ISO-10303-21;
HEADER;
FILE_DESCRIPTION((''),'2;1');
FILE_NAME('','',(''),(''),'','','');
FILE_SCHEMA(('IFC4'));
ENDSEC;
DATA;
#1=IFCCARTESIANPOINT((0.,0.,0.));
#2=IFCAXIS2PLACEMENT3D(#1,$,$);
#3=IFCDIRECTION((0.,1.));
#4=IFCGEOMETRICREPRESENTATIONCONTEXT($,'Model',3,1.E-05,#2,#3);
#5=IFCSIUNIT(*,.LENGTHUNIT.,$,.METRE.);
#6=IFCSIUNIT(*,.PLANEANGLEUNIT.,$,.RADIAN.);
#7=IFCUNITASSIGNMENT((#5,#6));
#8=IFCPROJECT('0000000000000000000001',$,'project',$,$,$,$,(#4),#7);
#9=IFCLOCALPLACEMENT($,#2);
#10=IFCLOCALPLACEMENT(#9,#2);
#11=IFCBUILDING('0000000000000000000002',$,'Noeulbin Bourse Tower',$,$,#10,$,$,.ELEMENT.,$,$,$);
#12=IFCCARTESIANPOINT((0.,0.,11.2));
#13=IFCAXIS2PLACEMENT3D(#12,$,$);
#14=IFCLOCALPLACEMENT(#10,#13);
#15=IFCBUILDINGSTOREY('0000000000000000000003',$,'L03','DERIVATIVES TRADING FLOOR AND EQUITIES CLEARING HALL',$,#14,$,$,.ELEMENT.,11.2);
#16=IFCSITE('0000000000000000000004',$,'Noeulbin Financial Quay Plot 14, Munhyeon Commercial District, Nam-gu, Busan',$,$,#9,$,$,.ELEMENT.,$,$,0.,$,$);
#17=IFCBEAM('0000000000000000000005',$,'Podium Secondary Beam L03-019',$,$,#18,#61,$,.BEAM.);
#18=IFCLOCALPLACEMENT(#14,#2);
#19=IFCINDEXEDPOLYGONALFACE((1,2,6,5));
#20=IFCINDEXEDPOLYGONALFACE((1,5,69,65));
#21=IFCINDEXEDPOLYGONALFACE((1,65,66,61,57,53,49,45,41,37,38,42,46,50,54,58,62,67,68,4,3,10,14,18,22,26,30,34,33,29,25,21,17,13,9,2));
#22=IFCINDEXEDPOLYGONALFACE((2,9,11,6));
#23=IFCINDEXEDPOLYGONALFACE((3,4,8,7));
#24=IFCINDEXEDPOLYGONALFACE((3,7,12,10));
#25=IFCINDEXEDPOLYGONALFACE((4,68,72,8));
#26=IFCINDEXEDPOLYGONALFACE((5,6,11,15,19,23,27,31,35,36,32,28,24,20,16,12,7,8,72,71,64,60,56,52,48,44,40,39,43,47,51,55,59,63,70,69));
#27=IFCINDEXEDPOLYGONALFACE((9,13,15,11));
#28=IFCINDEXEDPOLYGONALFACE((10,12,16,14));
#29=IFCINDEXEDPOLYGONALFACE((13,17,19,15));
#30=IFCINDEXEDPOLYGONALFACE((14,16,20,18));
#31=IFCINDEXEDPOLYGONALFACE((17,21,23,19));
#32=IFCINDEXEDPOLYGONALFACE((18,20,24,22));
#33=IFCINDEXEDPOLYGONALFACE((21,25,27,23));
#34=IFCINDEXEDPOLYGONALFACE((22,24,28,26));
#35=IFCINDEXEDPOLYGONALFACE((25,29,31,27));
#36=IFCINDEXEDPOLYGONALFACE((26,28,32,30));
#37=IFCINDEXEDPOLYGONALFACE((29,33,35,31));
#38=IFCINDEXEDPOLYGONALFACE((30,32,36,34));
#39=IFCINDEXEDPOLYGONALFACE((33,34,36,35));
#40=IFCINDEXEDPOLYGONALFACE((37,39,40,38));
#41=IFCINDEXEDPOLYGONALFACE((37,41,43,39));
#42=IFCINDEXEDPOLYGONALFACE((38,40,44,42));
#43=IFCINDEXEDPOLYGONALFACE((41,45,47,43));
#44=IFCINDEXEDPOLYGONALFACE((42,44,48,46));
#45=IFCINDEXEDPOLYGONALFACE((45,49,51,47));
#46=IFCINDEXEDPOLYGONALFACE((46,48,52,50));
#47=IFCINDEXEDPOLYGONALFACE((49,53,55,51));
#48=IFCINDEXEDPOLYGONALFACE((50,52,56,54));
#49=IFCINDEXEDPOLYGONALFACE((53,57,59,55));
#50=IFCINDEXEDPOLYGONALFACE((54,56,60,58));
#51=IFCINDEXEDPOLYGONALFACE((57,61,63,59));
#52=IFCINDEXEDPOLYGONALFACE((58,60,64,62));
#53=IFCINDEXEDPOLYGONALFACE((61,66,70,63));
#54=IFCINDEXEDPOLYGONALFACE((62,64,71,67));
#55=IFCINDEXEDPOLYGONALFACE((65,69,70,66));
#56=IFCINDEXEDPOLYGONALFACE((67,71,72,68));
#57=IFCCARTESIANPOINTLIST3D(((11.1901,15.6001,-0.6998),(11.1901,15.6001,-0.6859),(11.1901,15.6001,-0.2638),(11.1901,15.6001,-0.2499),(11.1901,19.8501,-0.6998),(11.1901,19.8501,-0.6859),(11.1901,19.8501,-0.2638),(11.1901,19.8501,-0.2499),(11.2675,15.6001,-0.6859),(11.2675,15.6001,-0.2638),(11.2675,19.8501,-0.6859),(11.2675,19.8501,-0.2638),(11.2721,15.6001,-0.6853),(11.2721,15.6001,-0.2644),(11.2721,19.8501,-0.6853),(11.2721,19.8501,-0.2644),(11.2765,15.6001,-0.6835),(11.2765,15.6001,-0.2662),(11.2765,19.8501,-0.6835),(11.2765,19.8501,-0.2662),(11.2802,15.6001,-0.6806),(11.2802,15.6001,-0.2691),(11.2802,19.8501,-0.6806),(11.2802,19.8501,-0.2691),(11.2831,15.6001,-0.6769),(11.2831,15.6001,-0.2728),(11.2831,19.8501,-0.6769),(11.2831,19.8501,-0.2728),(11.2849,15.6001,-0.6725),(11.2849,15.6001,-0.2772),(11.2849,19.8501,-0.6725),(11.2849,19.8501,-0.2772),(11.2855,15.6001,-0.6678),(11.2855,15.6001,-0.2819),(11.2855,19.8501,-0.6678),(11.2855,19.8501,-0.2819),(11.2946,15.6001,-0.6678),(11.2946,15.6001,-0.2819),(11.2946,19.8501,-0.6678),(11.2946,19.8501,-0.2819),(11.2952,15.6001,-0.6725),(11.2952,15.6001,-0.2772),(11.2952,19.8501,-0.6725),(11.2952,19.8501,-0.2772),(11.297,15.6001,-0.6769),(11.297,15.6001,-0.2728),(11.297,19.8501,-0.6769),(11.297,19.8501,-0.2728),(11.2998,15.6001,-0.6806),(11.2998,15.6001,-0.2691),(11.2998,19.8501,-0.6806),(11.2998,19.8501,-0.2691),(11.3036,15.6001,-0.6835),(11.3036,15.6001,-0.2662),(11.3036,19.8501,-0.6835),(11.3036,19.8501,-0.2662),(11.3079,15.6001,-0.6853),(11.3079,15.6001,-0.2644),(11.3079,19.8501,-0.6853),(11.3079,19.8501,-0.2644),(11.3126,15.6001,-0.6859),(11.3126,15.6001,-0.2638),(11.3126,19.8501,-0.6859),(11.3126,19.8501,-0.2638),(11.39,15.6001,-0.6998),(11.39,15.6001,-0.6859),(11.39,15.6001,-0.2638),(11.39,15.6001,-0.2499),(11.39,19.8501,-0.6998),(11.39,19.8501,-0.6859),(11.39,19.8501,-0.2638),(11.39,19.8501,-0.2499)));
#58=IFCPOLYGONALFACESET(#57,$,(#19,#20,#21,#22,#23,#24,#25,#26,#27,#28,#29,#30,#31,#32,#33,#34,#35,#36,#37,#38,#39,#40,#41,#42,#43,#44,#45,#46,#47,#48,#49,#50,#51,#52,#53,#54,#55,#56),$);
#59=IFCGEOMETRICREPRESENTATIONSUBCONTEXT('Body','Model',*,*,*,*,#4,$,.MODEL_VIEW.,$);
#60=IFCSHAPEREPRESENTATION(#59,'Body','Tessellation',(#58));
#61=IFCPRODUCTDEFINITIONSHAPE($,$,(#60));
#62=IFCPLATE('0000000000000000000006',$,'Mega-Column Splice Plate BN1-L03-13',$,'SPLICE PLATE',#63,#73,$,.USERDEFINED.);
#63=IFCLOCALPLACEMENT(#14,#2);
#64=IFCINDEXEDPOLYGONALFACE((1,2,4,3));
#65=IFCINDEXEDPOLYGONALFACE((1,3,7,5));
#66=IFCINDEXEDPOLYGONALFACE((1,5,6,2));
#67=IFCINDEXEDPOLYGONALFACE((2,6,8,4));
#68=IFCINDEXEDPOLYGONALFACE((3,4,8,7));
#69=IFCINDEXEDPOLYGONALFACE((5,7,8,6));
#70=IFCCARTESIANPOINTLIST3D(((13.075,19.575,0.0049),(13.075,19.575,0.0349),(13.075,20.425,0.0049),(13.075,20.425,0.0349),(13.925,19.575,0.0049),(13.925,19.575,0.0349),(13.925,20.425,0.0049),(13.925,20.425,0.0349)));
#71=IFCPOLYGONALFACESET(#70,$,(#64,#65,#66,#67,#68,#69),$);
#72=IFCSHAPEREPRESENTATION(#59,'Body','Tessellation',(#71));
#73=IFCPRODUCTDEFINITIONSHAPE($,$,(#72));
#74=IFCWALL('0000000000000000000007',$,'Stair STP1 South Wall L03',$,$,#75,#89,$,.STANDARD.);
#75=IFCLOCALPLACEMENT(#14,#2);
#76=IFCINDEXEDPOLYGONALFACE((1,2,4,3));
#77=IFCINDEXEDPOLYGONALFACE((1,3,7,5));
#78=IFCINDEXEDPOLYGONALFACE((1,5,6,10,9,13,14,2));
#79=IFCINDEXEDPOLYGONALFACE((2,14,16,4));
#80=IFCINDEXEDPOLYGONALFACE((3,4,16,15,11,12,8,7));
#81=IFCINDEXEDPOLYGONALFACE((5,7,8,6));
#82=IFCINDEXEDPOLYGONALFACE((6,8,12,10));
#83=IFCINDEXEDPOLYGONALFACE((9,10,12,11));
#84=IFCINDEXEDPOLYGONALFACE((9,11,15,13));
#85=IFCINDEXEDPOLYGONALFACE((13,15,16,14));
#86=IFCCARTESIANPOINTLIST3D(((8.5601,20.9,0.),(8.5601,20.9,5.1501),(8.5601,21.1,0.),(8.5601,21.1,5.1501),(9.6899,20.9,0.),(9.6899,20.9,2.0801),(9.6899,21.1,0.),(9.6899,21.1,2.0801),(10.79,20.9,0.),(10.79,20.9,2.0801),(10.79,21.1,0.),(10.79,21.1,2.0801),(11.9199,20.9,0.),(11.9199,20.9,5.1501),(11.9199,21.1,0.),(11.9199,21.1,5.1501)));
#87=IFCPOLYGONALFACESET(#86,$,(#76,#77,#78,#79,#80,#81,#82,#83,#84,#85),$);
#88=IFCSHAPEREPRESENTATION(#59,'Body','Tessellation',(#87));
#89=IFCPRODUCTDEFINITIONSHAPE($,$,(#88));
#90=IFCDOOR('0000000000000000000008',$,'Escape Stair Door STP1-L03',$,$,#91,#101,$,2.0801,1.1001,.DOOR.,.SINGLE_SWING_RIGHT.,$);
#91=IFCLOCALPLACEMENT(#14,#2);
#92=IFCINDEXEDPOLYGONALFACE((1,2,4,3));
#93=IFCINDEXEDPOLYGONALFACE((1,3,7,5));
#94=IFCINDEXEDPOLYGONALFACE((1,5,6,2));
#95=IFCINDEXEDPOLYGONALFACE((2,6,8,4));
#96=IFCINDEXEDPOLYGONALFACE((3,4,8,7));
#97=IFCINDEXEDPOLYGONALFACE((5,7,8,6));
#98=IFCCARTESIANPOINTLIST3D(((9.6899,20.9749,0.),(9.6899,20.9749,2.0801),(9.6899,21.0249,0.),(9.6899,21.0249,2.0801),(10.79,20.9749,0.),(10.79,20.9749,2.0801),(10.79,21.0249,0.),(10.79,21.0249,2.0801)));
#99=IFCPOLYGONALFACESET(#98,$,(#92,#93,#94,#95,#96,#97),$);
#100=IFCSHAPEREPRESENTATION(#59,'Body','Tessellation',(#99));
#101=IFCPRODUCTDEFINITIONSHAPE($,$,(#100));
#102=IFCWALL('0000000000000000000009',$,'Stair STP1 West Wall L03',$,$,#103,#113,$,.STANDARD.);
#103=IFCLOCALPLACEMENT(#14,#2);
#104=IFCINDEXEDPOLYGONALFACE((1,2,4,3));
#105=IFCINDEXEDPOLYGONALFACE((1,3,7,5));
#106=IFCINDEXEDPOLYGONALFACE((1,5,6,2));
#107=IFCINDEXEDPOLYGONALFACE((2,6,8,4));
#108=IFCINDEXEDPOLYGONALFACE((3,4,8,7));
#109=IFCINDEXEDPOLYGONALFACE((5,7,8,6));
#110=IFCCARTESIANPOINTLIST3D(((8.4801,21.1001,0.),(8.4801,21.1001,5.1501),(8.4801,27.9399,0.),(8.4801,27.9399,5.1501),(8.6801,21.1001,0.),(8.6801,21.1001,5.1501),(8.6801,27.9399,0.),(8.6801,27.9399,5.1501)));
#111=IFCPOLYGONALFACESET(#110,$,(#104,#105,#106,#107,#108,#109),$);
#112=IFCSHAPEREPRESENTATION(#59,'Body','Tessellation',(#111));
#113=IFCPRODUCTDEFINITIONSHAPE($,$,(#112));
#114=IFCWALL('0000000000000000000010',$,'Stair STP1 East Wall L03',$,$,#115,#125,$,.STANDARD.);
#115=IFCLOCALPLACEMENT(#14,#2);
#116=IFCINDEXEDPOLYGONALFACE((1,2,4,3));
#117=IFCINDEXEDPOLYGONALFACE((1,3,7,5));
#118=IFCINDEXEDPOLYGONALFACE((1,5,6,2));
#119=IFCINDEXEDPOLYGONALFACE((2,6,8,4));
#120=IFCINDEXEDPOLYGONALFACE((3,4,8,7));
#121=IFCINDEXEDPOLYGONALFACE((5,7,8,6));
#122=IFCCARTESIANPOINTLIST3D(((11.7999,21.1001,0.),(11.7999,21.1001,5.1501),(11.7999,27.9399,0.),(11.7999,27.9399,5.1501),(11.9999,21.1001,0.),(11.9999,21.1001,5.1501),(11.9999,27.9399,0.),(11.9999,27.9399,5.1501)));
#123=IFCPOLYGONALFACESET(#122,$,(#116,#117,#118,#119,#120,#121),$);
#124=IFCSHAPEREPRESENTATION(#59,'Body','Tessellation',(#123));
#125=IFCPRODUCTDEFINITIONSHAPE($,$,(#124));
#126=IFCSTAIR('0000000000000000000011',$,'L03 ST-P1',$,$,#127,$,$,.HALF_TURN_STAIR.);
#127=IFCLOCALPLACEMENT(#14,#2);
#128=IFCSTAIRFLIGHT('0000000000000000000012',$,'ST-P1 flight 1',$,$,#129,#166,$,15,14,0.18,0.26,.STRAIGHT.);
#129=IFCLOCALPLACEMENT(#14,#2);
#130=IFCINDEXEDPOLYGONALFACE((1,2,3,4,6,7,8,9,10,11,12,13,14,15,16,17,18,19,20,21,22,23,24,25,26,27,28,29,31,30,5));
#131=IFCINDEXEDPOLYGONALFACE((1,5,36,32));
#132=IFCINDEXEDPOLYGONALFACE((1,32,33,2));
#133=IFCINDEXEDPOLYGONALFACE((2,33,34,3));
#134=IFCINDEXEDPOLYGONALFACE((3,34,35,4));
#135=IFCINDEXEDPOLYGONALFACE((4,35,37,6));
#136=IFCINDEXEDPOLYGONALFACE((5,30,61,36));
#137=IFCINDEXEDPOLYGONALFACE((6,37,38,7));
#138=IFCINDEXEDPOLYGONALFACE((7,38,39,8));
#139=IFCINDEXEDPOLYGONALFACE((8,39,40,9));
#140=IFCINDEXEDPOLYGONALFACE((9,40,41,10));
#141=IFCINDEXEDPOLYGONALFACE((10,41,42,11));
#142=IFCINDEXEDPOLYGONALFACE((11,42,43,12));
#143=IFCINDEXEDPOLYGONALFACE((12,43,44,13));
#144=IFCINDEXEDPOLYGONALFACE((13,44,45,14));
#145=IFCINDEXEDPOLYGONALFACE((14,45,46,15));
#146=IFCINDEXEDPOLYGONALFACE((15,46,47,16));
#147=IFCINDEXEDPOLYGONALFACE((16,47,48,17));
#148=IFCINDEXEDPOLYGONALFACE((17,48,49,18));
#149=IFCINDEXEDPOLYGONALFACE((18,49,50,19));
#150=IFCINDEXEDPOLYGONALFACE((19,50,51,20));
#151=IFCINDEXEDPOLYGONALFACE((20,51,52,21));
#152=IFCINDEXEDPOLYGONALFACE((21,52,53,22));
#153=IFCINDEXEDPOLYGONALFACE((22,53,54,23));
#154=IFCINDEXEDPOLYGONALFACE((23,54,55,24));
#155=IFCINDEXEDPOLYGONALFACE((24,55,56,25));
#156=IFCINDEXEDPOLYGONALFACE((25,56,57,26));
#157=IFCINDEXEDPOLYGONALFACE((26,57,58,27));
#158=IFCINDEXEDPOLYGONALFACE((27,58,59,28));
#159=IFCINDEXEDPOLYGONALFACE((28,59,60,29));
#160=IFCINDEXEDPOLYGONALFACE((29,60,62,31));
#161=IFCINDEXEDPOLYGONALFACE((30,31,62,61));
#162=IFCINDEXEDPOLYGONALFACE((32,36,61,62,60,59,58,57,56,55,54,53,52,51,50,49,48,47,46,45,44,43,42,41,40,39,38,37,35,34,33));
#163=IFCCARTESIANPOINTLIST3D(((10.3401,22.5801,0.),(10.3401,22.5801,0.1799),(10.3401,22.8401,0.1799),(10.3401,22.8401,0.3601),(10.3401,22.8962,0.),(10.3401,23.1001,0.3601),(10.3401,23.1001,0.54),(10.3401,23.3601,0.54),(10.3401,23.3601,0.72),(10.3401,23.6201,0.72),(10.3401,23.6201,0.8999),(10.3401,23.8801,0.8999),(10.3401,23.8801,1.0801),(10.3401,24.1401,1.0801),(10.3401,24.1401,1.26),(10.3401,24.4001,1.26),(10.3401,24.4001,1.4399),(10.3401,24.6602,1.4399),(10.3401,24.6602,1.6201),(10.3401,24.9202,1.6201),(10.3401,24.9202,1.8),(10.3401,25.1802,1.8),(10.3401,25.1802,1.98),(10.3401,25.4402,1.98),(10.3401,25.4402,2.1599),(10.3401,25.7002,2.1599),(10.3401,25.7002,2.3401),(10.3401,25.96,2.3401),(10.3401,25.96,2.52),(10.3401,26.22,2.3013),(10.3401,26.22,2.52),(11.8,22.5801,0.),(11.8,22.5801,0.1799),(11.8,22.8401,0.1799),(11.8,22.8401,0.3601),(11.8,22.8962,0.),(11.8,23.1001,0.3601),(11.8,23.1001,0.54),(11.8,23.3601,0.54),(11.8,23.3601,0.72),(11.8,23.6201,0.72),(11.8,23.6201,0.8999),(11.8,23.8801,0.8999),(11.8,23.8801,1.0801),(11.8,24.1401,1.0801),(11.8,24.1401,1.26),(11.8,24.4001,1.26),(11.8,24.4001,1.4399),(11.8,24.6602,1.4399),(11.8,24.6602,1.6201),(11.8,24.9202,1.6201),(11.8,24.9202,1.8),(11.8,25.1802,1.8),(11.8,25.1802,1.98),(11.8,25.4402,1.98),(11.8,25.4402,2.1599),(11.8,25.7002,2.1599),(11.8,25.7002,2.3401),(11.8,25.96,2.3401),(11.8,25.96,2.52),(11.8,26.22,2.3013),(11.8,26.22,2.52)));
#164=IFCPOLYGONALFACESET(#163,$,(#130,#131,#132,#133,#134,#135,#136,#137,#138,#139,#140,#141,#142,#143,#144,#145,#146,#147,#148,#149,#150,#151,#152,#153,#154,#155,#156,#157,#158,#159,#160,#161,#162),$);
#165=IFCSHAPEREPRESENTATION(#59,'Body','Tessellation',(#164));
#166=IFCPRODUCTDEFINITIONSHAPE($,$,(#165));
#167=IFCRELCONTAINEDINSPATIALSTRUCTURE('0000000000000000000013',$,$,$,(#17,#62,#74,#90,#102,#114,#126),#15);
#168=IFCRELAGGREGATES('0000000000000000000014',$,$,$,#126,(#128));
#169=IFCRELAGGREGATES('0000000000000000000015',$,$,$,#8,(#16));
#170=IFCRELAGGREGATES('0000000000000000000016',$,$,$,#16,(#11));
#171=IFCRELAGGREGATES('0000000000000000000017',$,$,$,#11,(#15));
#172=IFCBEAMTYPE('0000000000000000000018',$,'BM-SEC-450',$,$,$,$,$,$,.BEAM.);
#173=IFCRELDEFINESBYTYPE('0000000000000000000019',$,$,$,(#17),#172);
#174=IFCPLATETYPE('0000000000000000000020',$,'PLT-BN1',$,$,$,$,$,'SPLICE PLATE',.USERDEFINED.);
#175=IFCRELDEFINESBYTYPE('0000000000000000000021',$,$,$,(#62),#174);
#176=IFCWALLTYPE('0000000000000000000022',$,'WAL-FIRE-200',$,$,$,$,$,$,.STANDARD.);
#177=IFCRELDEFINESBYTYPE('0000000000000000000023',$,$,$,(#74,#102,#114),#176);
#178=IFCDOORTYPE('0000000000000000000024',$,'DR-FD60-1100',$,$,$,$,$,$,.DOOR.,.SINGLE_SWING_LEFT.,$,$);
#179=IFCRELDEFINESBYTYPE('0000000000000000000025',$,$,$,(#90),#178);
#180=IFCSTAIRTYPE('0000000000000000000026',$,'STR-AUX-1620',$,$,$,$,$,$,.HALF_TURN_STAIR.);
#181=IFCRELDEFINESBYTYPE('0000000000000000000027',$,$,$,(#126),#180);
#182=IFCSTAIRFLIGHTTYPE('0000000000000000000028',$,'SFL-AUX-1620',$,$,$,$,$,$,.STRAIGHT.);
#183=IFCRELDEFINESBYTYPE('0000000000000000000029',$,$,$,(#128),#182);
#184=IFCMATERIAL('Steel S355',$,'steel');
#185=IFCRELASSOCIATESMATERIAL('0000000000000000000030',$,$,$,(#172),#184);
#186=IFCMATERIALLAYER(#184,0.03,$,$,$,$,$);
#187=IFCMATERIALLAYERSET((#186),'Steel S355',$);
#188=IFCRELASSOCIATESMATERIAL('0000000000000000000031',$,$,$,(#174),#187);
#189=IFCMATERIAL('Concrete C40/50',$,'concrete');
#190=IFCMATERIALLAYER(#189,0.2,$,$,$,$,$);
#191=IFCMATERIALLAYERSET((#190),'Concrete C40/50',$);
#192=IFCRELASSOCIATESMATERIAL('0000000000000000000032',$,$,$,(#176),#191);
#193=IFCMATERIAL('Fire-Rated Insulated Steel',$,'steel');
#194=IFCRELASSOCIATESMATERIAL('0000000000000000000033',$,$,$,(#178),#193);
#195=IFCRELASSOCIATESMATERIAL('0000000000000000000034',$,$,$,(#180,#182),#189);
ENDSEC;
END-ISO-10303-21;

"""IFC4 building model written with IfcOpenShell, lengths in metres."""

from ifc_helpers import new_model, si_unit, direction, frame, frame_2d, origin, origin_2d, place, context, subcontext, project, spatial, polyline, rectangle, i_section, outline, extrude, material, layer, layer_set, material_profile, profile_set, type_object, element, fill, aggregate, save


model = new_model("IFC4")

# Units and contexts
model_context = context("Model", 3, precision=1e-05, world=origin(), true_north=direction((0.0, 1.0)))
body_context = subcontext(model_context, "Body", "Model", "MODEL_VIEW")
ifc_project = project(units=[si_unit("LENGTHUNIT", "METRE"), si_unit("PLANEANGLEUNIT", "RADIAN")], contexts=[model_context])

# Site, building, storey
site_placement = place(None, origin())
site = spatial("IfcSite", under=ifc_project, at=site_placement, Name="Noeulbin Financial Quay Plot 14, Munhyeon Commercial District, Nam-gu, Busan", CompositionType="ELEMENT", RefElevation=0.0)
building_placement = place(site_placement, origin())
building = spatial("IfcBuilding", under=site, at=building_placement, Name="Noeulbin Bourse Tower", CompositionType="ELEMENT")
storey_placement = place(building_placement, frame((0.0, 0.0, 11.2)))
storey = spatial("IfcBuildingStorey", under=building, at=storey_placement, Name="L03", Description="DERIVATIVES TRADING FLOOR AND EQUITIES CLEARING HALL", CompositionType="ELEMENT", Elevation=11.2)

# Beam
ifc_material_1 = material(Name="Steel S355", Category="steel")
ifc_material_profile_1 = material_profile(ifc_material_1, i_section(OverallWidth=0.2, OverallDepth=0.45, WebThickness=0.009, FlangeThickness=0.0139, FilletRadius=0.0181, at=origin_2d()), Name="H-450x200x9x14", Category="LoadBearing")
ifc_profile_set_1 = profile_set([ifc_material_profile_1], Name="Steel S355")
beam_type_1 = type_object("IfcBeamType", Name="BM-SEC-450", PredefinedType="BEAM", material=ifc_profile_set_1)
for number, where, z_axis, x_axis, name in (
    (1, (11.29, 15.6001, -0.4749), (0.0, 1.0, 0.0), (-1.0, 0.0, 0.0), "Podium Secondary Beam L03-019"),
):
    element("IfcBeam", number, at=place(storey_placement, frame(where, z_axis=z_axis, x_axis=x_axis)), inside=storey, type_object=beam_type_1, Name=name, PredefinedType="BEAM", context=body_context, shape_type="SweptSolid", body=[
        extrude(i_section(OverallWidth=0.2, OverallDepth=0.45, WebThickness=0.009, FlangeThickness=0.0139, FilletRadius=0.0181, at=origin_2d()), origin(), (0.0, 0.0, 1.0), 4.25),
    ])

# Plate
ifc_layer_1 = layer(ifc_material_1, 0.03)
ifc_layer_set_1 = layer_set([ifc_layer_1], Name="Steel S355")
plate_type = type_object("IfcPlateType", Name="PLT-BN1", ElementType="SPLICE PLATE", PredefinedType="USERDEFINED", material=ifc_layer_set_1)
plate_placement = place(storey_placement, frame((13.5, 20.0, 0.0049), z_axis=(0.0, 0.0, 1.0), x_axis=(1.0, 0.0, 0.0)))
element("IfcPlate", 2, at=plate_placement, inside=storey, type_object=plate_type, Name="Mega-Column Splice Plate BN1-L03-13", ObjectType="SPLICE PLATE", PredefinedType="USERDEFINED", context=body_context, shape_type="SweptSolid", body=[
    extrude(rectangle(XDim=0.8501, YDim=0.8501, at=origin_2d()), origin(), (0.0, 0.0, 1.0), 0.03),
])

# Wall, opening, door
ifc_material_2 = material(Name="Concrete C40/50", Category="concrete")
ifc_layer_2 = layer(ifc_material_2, 0.2)
ifc_layer_set_2 = layer_set([ifc_layer_2], Name="Concrete C40/50")
wall_type = type_object("IfcWallType", Name="WAL-FIRE-200", PredefinedType="STANDARD", material=ifc_layer_set_2)
wall_placement = place(storey_placement, frame((8.5601, 21.0, 0.0), z_axis=(0.0, 0.0, 1.0), x_axis=(1.0, 0.0, 0.0)))
wall = element("IfcWall", 3, at=wall_placement, inside=storey, type_object=wall_type, Name="Stair STP1 South Wall L03", PredefinedType="STANDARD", context=body_context, shape_type="SweptSolid", body=[
    extrude(rectangle(XDim=3.3599, YDim=0.2, at=frame_2d((1.6799, 0.0))), origin(), (0.0, 0.0, 1.0), 5.1501),
])
opening_placement = place(wall_placement, frame((1.1299, 0.0, 0.0)))
opening = element("IfcOpeningElement", 4, at=opening_placement, cuts=wall, PredefinedType="OPENING", context=body_context, shape_type="SweptSolid", body=[
    extrude(rectangle(XDim=1.1001, YDim=2.0801, at=frame_2d((0.55, 1.04))), frame((0.0, 0.1099, 0.0), z_axis=(0.0, -1.0, 0.0), x_axis=(1.0, 0.0, 0.0)), (0.0, 0.0, 1.0), 0.22),
])
ifc_material_3 = material(Name="Fire-Rated Insulated Steel", Category="steel")
door_type = type_object("IfcDoorType", Name="DR-FD60-1100", OperationType="SINGLE_SWING_LEFT", PredefinedType="DOOR", material=ifc_material_3)
door_placement = place(opening_placement, origin())
door = element("IfcDoor", 5, at=door_placement, inside=storey, type_object=door_type, Name="Escape Stair Door STP1-L03", OperationType="SINGLE_SWING_RIGHT", OverallHeight=2.0801, OverallWidth=1.1001, PredefinedType="DOOR", context=body_context, shape_type="SweptSolid", body=[
    extrude(rectangle(XDim=1.1001, YDim=2.0801, at=frame_2d((0.55, 1.04))), frame((0.0, 0.0249, 0.0), z_axis=(0.0, -1.0, 0.0), x_axis=(1.0, 0.0, 0.0)), (0.0, 0.0, 1.0), 0.05),
])
fill(opening, door)

# Walls
for number, where, z_axis, x_axis, name in (
    (6, (8.5801, 21.1001, 0.0), (0.0, 0.0, 1.0), (0.0, 1.0, 0.0), "Stair STP1 West Wall L03"),
    (7, (11.8999, 21.1001, 0.0), (0.0, 0.0, 1.0), (0.0, 1.0, 0.0), "Stair STP1 East Wall L03"),
):
    element("IfcWall", number, at=place(storey_placement, frame(where, z_axis=z_axis, x_axis=x_axis)), inside=storey, type_object=wall_type, Name=name, PredefinedType="STANDARD", context=body_context, shape_type="SweptSolid", body=[
        extrude(rectangle(XDim=6.8398, YDim=0.2, at=frame_2d((3.4199, 0.0))), origin(), (0.0, 0.0, 1.0), 5.1501),
    ])

# Stair, stair flight
stair_type = type_object("IfcStairType", Name="STR-AUX-1620", PredefinedType="HALF_TURN_STAIR", material=ifc_material_2)
stair_placement = place(storey_placement, origin())
stair = element("IfcStair", 8, at=stair_placement, inside=storey, type_object=stair_type, Name="L03 ST-P1", PredefinedType="HALF_TURN_STAIR")
stair_flight_type = type_object("IfcStairFlightType", Name="SFL-AUX-1620", PredefinedType="STRAIGHT", material=ifc_material_2)
stair_flight_1_placement = place(storey_placement, frame((11.0701, 22.5801, 0.0), z_axis=(0.0, 0.0, 1.0), x_axis=(0.0, 1.0, 0.0)))
stair_flight_1 = element("IfcStairFlight", 9, at=stair_flight_1_placement, type_object=stair_flight_type, Name="ST-P1 flight 1", NumberOfRisers=15, NumberOfTreads=14, PredefinedType="STRAIGHT", RiserHeight=0.18, TreadLength=0.26, context=body_context, shape_type="SweptSolid", body=[
    extrude(outline(polyline([(0.0, 0.0), (0.0, 0.1799), (0.26, 0.1799), (0.26, 0.3601), (0.52, 0.3601), (0.52, 0.54), (0.78, 0.54), (0.78, 0.72), (1.04, 0.72), (1.04, 0.8999), (1.3, 0.8999), (1.3, 1.0801), (1.5601, 1.0801), (1.5601, 1.26), (1.8201, 1.26), (1.8201, 1.4399), (2.0801, 1.4399), (2.0801, 1.6201), (2.3401, 1.6201), (2.3401, 1.8), (2.6001, 1.8), (2.6001, 1.98), (2.8601, 1.98), (2.8601, 2.1599), (3.1201, 2.1599), (3.1201, 2.3401), (3.3799, 2.3401), (3.3799, 2.52), (3.6399, 2.52), (3.6399, 2.7), (3.6399, 2.3013), (0.3162, 0.0), (0.0, 0.0)])), frame((0.0, 0.73, 0.0), z_axis=(0.0, -1.0, 0.0), x_axis=(1.0, 0.0, 0.0)), (0.0, 0.0, 1.0), 1.46),
])
aggregate(stair, [stair_flight_1])

save(model, "model.ifc")
